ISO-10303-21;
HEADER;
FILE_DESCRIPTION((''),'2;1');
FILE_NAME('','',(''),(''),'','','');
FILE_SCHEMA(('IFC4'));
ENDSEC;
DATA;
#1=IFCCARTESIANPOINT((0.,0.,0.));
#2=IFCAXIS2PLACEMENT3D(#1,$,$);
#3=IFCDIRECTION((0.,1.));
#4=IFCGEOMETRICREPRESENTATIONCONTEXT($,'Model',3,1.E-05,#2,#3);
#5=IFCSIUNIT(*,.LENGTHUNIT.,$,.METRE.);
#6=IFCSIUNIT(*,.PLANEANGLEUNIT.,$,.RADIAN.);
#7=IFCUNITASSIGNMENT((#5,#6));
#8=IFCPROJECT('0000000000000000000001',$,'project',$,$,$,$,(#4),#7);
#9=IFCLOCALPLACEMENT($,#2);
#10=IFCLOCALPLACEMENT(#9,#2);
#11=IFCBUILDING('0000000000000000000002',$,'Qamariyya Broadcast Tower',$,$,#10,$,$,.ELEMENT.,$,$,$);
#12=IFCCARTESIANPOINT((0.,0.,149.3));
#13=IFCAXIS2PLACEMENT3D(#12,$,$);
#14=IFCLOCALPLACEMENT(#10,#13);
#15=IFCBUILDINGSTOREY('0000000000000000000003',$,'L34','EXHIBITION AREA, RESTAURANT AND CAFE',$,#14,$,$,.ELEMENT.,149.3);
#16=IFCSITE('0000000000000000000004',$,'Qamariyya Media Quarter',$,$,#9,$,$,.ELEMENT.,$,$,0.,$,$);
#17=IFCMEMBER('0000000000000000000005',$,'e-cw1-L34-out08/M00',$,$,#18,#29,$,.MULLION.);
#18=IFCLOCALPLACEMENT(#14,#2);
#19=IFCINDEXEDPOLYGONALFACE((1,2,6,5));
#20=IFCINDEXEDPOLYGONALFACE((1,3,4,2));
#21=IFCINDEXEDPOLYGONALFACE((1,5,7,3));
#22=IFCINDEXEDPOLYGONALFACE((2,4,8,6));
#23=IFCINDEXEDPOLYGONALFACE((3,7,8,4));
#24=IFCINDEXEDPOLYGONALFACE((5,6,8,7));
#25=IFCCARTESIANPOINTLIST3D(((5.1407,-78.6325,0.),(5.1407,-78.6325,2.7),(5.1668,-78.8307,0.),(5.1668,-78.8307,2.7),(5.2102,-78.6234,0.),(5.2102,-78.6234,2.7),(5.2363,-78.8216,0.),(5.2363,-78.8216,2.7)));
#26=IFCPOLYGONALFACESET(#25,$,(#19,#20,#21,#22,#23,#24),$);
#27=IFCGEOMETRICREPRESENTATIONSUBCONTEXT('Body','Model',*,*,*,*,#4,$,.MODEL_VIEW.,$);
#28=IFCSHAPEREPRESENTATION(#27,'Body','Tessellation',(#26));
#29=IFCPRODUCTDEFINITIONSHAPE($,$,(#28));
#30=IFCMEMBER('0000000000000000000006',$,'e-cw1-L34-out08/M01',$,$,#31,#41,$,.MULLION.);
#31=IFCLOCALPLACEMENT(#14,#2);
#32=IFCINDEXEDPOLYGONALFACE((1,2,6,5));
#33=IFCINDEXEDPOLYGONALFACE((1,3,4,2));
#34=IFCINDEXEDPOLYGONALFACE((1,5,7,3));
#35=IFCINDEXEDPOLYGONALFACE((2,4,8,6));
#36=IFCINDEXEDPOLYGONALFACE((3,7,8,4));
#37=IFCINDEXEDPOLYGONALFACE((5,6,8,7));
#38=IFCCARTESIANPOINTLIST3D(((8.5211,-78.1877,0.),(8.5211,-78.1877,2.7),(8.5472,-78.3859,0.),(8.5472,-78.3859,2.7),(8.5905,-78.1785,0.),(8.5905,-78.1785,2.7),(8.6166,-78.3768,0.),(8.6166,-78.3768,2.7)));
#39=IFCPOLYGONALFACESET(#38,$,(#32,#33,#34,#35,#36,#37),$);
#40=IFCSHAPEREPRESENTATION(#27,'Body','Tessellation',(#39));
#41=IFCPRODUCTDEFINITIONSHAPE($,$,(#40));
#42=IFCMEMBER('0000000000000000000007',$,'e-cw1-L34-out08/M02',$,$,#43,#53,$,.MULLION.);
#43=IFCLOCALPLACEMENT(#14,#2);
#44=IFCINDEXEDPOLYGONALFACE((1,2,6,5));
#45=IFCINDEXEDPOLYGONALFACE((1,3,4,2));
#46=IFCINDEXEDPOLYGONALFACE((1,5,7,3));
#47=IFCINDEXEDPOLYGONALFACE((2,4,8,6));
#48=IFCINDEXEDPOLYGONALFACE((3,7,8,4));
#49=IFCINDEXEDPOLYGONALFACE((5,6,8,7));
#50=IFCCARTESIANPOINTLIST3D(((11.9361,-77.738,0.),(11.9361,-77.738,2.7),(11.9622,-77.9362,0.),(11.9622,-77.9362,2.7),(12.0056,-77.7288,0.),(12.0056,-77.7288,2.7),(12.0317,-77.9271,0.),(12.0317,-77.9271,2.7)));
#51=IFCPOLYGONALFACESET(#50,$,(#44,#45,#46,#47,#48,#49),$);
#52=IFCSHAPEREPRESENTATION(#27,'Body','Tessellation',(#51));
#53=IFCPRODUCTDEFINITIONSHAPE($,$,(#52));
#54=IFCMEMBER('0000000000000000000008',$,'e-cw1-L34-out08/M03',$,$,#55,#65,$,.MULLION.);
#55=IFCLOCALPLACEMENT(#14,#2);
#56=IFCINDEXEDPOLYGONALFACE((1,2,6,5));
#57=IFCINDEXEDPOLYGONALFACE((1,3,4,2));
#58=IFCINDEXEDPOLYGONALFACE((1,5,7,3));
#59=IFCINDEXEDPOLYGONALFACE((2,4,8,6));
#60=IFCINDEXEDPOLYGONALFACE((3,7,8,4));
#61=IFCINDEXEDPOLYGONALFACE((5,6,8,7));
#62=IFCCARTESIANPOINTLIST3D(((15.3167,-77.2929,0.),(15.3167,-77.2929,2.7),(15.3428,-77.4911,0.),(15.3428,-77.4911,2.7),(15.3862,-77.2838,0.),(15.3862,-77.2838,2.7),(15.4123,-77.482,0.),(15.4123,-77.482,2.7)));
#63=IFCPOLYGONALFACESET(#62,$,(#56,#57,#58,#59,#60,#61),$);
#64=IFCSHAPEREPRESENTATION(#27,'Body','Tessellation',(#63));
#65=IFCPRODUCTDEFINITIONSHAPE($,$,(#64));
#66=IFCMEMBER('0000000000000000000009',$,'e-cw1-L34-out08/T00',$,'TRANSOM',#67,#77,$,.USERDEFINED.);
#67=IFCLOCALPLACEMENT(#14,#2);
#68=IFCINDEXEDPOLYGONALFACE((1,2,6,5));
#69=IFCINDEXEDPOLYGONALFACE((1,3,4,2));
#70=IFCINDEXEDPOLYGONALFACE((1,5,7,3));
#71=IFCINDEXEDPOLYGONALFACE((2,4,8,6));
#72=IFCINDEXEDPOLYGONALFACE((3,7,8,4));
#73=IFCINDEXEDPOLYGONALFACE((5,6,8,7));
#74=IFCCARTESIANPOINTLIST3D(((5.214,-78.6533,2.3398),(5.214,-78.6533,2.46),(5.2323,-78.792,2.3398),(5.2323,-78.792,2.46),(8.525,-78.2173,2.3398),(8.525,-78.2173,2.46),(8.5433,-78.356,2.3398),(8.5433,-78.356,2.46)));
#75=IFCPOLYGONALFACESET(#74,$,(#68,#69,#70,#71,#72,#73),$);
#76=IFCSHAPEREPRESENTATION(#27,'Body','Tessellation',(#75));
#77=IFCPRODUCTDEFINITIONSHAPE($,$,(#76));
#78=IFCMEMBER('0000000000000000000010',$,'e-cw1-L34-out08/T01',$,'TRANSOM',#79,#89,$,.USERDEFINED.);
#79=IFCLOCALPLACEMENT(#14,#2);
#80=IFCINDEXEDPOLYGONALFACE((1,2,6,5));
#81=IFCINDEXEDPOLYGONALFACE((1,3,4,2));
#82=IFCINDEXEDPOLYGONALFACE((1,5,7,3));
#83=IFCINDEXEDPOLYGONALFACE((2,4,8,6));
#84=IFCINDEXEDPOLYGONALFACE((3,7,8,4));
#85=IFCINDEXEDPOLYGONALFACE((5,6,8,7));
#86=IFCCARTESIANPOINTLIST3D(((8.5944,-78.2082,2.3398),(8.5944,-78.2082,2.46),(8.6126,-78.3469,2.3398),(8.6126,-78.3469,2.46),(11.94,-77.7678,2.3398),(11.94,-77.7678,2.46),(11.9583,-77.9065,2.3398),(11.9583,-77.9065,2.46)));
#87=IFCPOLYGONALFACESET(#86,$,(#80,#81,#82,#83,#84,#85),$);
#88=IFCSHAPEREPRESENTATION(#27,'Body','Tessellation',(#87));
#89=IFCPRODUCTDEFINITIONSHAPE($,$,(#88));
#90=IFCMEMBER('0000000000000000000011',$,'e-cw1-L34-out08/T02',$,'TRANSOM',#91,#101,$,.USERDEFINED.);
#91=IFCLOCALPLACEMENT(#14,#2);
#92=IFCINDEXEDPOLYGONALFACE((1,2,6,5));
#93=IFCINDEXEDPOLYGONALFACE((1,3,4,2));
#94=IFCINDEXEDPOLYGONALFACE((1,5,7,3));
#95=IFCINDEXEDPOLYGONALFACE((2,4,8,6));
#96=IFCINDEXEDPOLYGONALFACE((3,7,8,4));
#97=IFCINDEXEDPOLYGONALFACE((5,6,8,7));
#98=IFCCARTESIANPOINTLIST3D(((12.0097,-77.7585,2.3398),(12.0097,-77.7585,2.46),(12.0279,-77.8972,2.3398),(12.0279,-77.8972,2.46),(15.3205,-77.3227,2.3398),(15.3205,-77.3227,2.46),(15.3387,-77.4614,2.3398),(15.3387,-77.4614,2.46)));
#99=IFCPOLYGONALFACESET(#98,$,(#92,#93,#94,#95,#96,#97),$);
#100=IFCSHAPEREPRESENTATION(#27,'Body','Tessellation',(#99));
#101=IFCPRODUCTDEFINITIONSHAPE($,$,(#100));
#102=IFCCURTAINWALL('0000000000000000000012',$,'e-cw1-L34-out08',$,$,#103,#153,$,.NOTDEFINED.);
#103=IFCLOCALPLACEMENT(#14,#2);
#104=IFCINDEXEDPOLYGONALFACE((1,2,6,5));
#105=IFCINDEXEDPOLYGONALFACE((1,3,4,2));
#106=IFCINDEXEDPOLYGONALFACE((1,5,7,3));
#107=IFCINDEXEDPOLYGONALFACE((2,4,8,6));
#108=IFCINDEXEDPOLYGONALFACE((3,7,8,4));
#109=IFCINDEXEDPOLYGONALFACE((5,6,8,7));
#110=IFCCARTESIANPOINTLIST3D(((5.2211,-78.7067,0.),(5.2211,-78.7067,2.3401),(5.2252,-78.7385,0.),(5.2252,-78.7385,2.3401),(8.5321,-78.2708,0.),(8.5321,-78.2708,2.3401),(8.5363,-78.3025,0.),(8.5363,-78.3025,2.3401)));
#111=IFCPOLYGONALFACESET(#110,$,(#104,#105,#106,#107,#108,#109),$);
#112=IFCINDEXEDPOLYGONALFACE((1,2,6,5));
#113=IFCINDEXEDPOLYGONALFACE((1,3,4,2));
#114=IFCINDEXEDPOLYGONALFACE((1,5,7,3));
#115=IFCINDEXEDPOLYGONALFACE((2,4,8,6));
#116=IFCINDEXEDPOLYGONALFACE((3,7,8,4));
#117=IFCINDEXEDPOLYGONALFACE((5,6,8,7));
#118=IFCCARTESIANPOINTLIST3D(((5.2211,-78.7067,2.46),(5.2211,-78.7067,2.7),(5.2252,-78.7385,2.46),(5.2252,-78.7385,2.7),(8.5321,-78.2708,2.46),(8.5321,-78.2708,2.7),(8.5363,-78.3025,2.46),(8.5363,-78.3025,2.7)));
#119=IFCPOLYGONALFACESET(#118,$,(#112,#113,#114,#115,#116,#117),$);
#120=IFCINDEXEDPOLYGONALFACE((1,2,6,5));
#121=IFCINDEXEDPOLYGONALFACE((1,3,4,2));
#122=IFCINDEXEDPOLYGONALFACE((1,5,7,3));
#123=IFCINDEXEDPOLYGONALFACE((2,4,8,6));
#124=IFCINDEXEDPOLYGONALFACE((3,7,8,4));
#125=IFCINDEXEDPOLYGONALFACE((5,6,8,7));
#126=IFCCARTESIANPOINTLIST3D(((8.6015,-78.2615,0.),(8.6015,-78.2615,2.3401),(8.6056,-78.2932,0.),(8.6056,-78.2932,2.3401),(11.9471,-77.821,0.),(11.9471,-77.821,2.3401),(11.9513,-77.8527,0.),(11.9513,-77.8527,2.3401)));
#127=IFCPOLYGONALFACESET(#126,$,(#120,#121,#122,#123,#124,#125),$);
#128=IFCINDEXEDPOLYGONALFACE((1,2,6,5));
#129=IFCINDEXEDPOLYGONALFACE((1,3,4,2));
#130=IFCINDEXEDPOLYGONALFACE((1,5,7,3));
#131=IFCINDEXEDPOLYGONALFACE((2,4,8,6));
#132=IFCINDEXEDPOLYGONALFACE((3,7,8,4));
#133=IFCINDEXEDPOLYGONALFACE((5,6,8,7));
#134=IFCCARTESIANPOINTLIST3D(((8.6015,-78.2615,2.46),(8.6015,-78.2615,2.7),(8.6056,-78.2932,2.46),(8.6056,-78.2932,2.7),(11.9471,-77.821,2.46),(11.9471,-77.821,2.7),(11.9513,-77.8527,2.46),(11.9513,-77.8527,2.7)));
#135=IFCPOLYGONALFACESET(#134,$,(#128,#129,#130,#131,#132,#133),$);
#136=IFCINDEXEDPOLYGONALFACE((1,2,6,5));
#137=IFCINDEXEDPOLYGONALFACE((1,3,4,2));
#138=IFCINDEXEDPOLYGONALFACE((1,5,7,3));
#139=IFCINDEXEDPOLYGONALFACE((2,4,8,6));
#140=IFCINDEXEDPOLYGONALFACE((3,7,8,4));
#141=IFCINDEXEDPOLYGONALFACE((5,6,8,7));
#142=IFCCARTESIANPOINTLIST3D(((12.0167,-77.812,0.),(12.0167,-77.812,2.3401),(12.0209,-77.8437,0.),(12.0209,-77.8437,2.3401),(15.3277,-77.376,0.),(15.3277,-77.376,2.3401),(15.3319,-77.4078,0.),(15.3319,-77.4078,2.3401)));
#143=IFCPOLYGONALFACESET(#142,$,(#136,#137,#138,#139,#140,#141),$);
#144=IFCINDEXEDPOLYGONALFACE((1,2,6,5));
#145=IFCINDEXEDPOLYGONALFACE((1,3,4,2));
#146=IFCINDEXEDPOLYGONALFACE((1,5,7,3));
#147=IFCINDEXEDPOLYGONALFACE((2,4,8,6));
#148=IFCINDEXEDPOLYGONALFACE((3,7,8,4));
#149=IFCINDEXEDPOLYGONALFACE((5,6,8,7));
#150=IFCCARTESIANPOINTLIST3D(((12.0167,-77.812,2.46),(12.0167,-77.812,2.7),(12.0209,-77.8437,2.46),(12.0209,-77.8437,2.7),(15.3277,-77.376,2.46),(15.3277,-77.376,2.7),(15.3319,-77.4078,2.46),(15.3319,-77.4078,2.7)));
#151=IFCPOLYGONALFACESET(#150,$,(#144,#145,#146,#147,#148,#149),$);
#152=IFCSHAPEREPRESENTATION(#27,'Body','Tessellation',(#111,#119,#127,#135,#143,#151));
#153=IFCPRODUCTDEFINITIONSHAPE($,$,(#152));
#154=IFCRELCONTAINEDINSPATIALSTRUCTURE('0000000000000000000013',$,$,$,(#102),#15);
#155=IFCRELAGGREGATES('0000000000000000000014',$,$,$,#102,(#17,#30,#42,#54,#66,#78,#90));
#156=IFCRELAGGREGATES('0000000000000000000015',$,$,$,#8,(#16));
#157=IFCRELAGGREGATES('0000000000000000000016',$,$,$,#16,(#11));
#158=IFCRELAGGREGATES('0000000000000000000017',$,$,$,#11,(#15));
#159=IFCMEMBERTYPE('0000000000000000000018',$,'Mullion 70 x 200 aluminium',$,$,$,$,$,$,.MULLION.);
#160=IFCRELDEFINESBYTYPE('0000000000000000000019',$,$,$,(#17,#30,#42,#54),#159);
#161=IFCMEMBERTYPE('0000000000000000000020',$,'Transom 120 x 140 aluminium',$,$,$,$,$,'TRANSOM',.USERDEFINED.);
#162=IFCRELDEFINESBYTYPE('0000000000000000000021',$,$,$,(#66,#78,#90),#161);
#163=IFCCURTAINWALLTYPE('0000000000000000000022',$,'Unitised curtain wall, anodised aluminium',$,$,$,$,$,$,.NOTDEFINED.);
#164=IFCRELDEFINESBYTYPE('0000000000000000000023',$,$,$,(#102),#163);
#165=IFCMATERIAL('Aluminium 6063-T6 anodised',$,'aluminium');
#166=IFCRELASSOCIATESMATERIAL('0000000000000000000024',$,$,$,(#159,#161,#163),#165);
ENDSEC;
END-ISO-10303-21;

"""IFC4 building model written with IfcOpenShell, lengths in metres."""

from ifc_helpers import new_model, si_unit, direction, frame, origin, origin_2d, place, context, subcontext, project, spatial, rectangle, extrude, material, material_profile, profile_set, type_object, element, aggregate, save


model = new_model("IFC4")

# Units and contexts
model_context = context("Model", 3, precision=1e-05, world=origin(), true_north=direction((0.0, 1.0)))
body_context = subcontext(model_context, "Body", "Model", "MODEL_VIEW")
ifc_project = project(units=[si_unit("LENGTHUNIT", "METRE"), si_unit("PLANEANGLEUNIT", "RADIAN")], contexts=[model_context])

# Members
ifc_material = material(Name="Aluminium 6063-T6 anodised", Category="aluminium")
ifc_material_profile_1 = material_profile(ifc_material, rectangle(XDim=0.2, YDim=0.0701, at=origin_2d()))
ifc_profile_set_1 = profile_set([ifc_material_profile_1], Name="Aluminium 6063-T6 anodised")
member_type_1 = type_object("IfcMemberType", Name="Mullion 70 x 200 aluminium", PredefinedType="MULLION", material=ifc_profile_set_1)
site_placement = place(None, origin())
building_placement = place(site_placement, origin())
storey_placement = place(building_placement, frame((0.0, 0.0, 149.3)))
member_1_placement = place(storey_placement, frame((5.1885, -78.7271, 0.0), z_axis=(0.0, 0.0, 1.0), x_axis=(-0.130526, 0.991445, 0.0)))
member_1 = element("IfcMember", 1, at=member_1_placement, type_object=member_type_1, Name="e-cw1-L34-out08/M00", PredefinedType="MULLION", context=body_context, shape_type="SweptSolid", body=[
    extrude(rectangle(XDim=0.2, YDim=0.0701, at=origin_2d()), origin(), (0.0, 0.0, 1.0), 2.7),
])
member_2_placement = place(storey_placement, frame((8.5688, -78.2822, 0.0), z_axis=(0.0, 0.0, 1.0), x_axis=(-0.130526, 0.991445, 0.0)))
member_2 = element("IfcMember", 2, at=member_2_placement, type_object=member_type_1, Name="e-cw1-L34-out08/M01", PredefinedType="MULLION", context=body_context, shape_type="SweptSolid", body=[
    extrude(rectangle(XDim=0.2, YDim=0.0701, at=origin_2d()), origin(), (0.0, 0.0, 1.0), 2.7),
])
member_3_placement = place(storey_placement, frame((11.9839, -77.8325, 0.0), z_axis=(0.0, 0.0, 1.0), x_axis=(-0.130526, 0.991445, 0.0)))
member_3 = element("IfcMember", 3, at=member_3_placement, type_object=member_type_1, Name="e-cw1-L34-out08/M02", PredefinedType="MULLION", context=body_context, shape_type="SweptSolid", body=[
    extrude(rectangle(XDim=0.2, YDim=0.0701, at=origin_2d()), origin(), (0.0, 0.0, 1.0), 2.7),
])
member_4_placement = place(storey_placement, frame((15.3645, -77.3875, 0.0), z_axis=(0.0, 0.0, 1.0), x_axis=(-0.130526, 0.991445, 0.0)))
member_4 = element("IfcMember", 4, at=member_4_placement, type_object=member_type_1, Name="e-cw1-L34-out08/M03", PredefinedType="MULLION", context=body_context, shape_type="SweptSolid", body=[
    extrude(rectangle(XDim=0.2, YDim=0.0701, at=origin_2d()), origin(), (0.0, 0.0, 1.0), 2.7),
])
ifc_material_profile_2 = material_profile(ifc_material, rectangle(XDim=0.1399, YDim=0.1201, at=origin_2d()))
ifc_profile_set_2 = profile_set([ifc_material_profile_2], Name="Aluminium 6063-T6 anodised")
member_type_2 = type_object("IfcMemberType", Name="Transom 120 x 140 aluminium", ElementType="TRANSOM", PredefinedType="USERDEFINED", material=ifc_profile_set_2)
member_5_placement = place(storey_placement, frame((5.2231, -78.7227, 2.3999), z_axis=(0.99144, 0.130564, 0.0), x_axis=(-0.130564, 0.99144, 0.0)))
member_5 = element("IfcMember", 5, at=member_5_placement, type_object=member_type_2, Name="e-cw1-L34-out08/T00", ObjectType="TRANSOM", PredefinedType="USERDEFINED", context=body_context, shape_type="SweptSolid", body=[
    extrude(rectangle(XDim=0.1399, YDim=0.1201, at=origin_2d()), origin(), (0.0, 0.0, 1.0), 3.3396),
])
member_6_placement = place(storey_placement, frame((8.6035, -78.2776, 2.3999), z_axis=(0.991446, 0.130514, 0.0), x_axis=(-0.130514, 0.991446, 0.0)))
member_6 = element("IfcMember", 6, at=member_6_placement, type_object=member_type_2, Name="e-cw1-L34-out08/T01", ObjectType="TRANSOM", PredefinedType="USERDEFINED", context=body_context, shape_type="SweptSolid", body=[
    extrude(rectangle(XDim=0.1399, YDim=0.1201, at=origin_2d()), origin(), (0.0, 0.0, 1.0), 3.3745),
])
member_7_placement = place(storey_placement, frame((12.0188, -77.8279, 2.3999), z_axis=(0.991448, 0.130502, 0.0), x_axis=(-0.130502, 0.991448, 0.0)))
member_7 = element("IfcMember", 7, at=member_7_placement, type_object=member_type_2, Name="e-cw1-L34-out08/T02", ObjectType="TRANSOM", PredefinedType="USERDEFINED", context=body_context, shape_type="SweptSolid", body=[
    extrude(rectangle(XDim=0.1399, YDim=0.1201, at=origin_2d()), origin(), (0.0, 0.0, 1.0), 3.3394),
])

# Site, building, storey
site = spatial("IfcSite", under=ifc_project, at=site_placement, Name="Qamariyya Media Quarter", CompositionType="ELEMENT", RefElevation=0.0)
building = spatial("IfcBuilding", under=site, at=building_placement, Name="Qamariyya Broadcast Tower", CompositionType="ELEMENT")
storey = spatial("IfcBuildingStorey", under=building, at=storey_placement, Name="L34", Description="EXHIBITION AREA, RESTAURANT AND CAFE", CompositionType="ELEMENT", Elevation=149.3)

# Curtain wall
curtain_wall_type = type_object("IfcCurtainWallType", Name="Unitised curtain wall, anodised aluminium", PredefinedType="NOTDEFINED", material=ifc_material)
curtain_wall_1_placement = place(storey_placement, origin())
curtain_wall_1 = element("IfcCurtainWall", 8, at=curtain_wall_1_placement, inside=storey, type_object=curtain_wall_type, Name="e-cw1-L34-out08", PredefinedType="NOTDEFINED", context=body_context, shape_type="SweptSolid", body=[
    extrude(rectangle(XDim=3.3396, YDim=0.032, at=origin_2d()), frame((6.8787, -78.5046, 0.0), x_axis=(0.991444, 0.130531, 0.0)), (0.0, 0.0, 1.0), 2.3401),
    extrude(rectangle(XDim=3.3396, YDim=0.032, at=origin_2d()), frame((6.8787, -78.5046, 2.46), x_axis=(0.991444, 0.130531, 0.0)), (0.0, 0.0, 1.0), 0.24),
    extrude(rectangle(XDim=3.3745, YDim=0.032, at=origin_2d()), frame((10.2764, -78.0571, 0.0), x_axis=(0.991444, 0.130531, 0.0)), (0.0, 0.0, 1.0), 2.3401),
    extrude(rectangle(XDim=3.3745, YDim=0.032, at=origin_2d()), frame((10.2764, -78.0571, 2.46), x_axis=(0.991444, 0.130531, 0.0)), (0.0, 0.0, 1.0), 0.24),
    extrude(rectangle(XDim=3.3396, YDim=0.032, at=origin_2d()), frame((13.6743, -77.6099, 0.0), x_axis=(0.991444, 0.130531, 0.0)), (0.0, 0.0, 1.0), 2.3401),
    extrude(rectangle(XDim=3.3396, YDim=0.032, at=origin_2d()), frame((13.6743, -77.6099, 2.46), x_axis=(0.991444, 0.130531, 0.0)), (0.0, 0.0, 1.0), 0.24),
])
aggregate(curtain_wall_1, [member_1, member_2, member_3, member_4, member_5, member_6, member_7])

save(model, "model.ifc")
